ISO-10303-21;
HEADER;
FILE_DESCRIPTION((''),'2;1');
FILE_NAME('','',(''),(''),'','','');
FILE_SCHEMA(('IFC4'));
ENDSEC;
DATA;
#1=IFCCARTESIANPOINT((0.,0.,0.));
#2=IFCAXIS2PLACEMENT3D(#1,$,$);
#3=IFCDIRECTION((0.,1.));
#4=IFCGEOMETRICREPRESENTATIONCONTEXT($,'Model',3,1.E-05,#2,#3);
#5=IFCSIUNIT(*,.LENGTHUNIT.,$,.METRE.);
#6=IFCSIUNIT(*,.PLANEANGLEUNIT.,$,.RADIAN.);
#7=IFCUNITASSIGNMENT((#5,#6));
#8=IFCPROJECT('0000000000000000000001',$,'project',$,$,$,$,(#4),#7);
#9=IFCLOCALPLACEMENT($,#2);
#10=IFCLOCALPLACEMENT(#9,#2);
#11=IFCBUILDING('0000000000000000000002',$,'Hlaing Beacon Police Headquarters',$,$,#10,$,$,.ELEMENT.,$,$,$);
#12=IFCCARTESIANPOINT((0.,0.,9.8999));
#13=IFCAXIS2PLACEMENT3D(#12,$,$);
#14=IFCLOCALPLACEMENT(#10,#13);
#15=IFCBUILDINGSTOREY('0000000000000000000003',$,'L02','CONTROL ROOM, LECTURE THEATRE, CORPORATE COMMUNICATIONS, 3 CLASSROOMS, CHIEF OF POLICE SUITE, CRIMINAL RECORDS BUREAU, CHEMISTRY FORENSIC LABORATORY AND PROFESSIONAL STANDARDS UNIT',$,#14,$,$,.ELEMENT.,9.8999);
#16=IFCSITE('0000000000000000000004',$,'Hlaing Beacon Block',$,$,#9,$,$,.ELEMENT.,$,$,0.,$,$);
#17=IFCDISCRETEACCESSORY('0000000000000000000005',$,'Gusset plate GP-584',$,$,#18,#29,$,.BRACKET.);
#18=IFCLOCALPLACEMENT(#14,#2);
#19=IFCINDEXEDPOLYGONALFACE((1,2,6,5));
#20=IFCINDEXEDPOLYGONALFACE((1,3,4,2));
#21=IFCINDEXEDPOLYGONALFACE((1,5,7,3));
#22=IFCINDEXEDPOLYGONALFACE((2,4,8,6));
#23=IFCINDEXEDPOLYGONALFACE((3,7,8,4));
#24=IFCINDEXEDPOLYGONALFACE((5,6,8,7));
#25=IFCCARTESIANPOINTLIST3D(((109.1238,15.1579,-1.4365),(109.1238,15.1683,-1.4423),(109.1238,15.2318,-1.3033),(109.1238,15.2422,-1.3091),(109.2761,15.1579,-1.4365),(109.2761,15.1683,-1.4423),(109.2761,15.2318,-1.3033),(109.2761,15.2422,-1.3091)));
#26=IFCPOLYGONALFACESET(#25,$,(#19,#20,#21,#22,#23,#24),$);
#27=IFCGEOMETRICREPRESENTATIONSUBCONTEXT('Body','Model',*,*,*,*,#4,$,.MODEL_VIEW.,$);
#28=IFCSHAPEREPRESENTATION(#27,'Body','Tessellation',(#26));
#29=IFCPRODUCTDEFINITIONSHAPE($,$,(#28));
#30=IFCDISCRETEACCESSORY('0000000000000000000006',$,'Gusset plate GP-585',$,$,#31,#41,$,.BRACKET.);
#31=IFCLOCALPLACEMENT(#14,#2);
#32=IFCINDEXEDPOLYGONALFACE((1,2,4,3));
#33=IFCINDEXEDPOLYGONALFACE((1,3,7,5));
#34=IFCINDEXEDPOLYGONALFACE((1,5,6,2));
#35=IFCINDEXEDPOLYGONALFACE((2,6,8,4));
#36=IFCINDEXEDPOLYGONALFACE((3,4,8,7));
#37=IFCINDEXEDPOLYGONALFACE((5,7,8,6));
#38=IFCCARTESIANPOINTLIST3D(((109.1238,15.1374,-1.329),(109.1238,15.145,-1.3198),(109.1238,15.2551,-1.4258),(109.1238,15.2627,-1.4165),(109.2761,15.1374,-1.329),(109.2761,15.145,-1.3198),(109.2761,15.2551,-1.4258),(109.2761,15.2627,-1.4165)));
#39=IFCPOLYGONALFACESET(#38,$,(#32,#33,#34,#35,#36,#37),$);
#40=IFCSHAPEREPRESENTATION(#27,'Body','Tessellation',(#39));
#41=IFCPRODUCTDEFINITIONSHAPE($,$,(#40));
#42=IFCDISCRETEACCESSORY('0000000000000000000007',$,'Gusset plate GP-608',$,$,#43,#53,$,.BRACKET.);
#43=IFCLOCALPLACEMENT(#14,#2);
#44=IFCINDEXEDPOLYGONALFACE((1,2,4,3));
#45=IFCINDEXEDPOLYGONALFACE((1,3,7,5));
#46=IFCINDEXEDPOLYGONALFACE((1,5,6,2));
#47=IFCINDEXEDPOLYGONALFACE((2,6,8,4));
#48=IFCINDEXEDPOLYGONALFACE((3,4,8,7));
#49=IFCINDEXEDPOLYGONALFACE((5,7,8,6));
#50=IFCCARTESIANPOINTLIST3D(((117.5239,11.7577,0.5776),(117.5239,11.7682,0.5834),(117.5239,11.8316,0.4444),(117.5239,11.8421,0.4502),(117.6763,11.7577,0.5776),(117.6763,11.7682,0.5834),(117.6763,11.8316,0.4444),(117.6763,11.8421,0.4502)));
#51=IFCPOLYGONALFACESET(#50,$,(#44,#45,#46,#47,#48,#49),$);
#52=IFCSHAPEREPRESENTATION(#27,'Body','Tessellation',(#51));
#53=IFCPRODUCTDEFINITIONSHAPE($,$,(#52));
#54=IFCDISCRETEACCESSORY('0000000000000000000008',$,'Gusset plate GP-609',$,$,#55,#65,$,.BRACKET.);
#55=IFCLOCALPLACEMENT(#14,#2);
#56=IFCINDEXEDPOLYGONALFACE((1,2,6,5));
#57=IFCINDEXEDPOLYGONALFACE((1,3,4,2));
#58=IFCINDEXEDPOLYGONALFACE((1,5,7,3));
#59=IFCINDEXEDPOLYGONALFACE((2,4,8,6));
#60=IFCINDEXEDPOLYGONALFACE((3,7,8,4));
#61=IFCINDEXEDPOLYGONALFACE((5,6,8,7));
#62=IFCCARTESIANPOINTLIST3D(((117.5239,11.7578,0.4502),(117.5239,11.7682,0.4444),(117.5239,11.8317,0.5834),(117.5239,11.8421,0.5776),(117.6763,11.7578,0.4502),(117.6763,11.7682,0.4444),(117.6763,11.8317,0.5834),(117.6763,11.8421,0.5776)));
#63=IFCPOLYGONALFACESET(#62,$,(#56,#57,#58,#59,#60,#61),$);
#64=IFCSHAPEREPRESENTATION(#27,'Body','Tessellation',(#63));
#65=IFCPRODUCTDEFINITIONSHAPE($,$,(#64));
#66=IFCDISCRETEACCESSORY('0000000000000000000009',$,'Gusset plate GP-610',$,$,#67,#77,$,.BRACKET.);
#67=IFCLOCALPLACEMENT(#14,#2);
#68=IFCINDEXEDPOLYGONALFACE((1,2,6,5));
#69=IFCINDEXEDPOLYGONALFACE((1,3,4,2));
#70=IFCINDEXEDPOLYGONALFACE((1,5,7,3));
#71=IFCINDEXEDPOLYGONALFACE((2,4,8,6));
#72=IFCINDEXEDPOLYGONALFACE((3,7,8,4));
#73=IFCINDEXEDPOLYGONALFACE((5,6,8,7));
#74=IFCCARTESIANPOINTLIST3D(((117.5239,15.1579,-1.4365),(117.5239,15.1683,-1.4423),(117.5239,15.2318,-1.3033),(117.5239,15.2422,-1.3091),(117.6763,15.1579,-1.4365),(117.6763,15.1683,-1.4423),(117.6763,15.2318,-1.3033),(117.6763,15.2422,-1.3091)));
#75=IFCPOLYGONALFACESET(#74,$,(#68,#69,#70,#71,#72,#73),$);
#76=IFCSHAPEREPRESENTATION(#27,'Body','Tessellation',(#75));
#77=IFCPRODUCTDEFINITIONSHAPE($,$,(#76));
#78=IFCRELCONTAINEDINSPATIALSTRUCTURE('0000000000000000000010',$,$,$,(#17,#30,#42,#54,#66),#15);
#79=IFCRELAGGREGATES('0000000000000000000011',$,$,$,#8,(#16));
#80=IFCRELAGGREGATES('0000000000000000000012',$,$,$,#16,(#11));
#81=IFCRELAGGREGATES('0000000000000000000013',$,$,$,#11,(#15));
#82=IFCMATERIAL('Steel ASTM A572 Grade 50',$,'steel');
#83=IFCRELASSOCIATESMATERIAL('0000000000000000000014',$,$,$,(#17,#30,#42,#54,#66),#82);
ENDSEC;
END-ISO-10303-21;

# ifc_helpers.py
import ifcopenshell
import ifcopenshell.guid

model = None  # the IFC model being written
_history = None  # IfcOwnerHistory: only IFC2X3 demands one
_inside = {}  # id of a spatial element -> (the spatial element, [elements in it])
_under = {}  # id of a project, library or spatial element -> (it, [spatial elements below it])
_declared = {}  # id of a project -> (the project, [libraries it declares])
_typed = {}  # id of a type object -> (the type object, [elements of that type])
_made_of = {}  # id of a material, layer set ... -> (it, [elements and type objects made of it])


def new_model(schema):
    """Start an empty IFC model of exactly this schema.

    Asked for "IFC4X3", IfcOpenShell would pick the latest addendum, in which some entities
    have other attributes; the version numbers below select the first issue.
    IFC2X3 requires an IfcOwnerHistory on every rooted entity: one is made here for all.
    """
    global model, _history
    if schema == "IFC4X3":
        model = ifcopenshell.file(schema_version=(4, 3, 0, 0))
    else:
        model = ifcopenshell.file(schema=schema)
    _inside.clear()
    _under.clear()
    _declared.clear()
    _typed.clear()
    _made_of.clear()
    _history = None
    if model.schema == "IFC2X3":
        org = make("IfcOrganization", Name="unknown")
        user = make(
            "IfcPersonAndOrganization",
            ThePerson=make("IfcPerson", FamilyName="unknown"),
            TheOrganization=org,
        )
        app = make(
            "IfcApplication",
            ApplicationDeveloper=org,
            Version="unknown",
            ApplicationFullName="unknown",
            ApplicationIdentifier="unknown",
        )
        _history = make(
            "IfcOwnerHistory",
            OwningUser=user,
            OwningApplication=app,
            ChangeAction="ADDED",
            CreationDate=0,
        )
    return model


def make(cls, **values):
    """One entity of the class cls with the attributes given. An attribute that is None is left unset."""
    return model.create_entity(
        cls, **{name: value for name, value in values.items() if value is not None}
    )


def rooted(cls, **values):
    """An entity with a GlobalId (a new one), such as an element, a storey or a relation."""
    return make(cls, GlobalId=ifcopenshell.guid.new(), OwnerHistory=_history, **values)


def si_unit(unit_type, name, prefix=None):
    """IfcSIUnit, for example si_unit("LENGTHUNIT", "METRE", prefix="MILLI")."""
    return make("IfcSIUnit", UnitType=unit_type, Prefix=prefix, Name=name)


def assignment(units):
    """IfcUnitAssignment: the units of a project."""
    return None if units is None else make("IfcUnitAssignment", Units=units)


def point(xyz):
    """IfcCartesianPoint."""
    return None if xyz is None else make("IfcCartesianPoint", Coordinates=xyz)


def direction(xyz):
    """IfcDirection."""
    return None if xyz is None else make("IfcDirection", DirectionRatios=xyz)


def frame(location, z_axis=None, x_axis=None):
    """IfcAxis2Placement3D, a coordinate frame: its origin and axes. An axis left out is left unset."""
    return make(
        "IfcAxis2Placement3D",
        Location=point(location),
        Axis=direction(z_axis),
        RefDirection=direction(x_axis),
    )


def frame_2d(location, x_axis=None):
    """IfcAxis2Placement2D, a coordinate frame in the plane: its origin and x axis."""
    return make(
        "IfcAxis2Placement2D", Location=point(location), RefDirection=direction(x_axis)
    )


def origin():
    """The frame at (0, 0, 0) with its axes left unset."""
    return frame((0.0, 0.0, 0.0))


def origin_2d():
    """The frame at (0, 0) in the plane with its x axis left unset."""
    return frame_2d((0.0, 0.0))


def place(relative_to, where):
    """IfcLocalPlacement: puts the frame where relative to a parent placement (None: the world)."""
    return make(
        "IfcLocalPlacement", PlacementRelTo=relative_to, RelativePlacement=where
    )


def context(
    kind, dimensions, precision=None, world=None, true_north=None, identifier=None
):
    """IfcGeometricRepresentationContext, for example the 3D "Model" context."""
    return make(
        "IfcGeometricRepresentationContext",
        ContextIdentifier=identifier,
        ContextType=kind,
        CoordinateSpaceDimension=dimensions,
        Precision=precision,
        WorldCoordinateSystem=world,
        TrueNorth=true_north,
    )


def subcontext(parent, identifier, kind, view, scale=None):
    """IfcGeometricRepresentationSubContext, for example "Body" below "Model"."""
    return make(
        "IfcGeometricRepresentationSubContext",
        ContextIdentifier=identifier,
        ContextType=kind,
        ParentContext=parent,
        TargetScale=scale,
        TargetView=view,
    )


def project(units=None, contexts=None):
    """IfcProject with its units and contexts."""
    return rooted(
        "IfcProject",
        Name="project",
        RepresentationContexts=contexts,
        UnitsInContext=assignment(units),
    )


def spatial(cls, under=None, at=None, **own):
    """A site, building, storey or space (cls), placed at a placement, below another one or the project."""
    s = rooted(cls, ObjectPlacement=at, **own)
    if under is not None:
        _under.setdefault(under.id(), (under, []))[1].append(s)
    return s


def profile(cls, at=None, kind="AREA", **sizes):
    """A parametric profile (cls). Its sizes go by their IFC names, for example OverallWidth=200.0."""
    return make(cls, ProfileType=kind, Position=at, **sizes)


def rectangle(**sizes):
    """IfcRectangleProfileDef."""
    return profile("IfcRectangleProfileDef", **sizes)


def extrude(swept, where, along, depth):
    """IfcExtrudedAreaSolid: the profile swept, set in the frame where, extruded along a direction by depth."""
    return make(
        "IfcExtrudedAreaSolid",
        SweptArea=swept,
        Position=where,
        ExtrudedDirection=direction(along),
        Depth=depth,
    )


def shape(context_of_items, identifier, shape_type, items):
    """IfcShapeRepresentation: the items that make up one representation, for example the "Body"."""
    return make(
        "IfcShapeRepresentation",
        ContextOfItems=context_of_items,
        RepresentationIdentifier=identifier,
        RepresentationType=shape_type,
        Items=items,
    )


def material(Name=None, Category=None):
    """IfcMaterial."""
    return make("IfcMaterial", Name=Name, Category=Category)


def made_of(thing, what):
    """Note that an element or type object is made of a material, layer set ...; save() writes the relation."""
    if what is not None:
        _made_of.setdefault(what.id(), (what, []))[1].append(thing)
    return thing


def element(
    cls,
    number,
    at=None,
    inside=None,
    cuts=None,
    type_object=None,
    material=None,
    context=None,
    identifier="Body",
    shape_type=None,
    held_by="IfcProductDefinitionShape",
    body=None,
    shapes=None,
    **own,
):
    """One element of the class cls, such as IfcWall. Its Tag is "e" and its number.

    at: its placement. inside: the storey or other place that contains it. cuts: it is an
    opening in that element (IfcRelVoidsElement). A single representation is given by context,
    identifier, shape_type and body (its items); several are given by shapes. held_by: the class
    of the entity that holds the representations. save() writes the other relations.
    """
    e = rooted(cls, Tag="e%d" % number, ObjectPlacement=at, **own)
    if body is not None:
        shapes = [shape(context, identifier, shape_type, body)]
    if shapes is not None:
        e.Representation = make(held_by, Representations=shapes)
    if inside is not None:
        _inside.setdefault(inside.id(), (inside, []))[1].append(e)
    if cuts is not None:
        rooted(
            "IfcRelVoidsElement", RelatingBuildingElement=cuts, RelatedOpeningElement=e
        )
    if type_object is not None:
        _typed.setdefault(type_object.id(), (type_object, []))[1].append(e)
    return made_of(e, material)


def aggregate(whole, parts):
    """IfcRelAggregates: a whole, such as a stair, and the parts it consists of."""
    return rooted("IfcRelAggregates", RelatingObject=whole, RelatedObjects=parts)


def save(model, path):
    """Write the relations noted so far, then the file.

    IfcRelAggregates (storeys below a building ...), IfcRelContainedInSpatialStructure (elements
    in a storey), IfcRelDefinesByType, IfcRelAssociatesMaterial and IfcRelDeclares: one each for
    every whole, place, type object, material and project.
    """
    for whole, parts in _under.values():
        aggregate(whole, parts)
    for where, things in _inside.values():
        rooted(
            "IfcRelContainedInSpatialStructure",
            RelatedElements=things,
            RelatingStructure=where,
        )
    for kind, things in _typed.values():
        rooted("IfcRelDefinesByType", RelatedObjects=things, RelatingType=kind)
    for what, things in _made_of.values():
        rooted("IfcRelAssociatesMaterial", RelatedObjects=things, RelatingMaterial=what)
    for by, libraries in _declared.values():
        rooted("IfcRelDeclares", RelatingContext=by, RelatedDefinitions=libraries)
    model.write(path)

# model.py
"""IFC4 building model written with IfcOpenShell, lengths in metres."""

from ifc_helpers import new_model, si_unit, direction, frame, origin, origin_2d, place, context, subcontext, project, spatial, rectangle, extrude, material, element, save


model = new_model("IFC4")

# Units and contexts
model_context = context("Model", 3, precision=1e-05, world=origin(), true_north=direction((0.0, 1.0)))
body_context = subcontext(model_context, "Body", "Model", "MODEL_VIEW")
ifc_project = project(units=[si_unit("LENGTHUNIT", "METRE"), si_unit("PLANEANGLEUNIT", "RADIAN")], contexts=[model_context])

# Site, building, storey
site_placement = place(None, origin())
site = spatial("IfcSite", under=ifc_project, at=site_placement, Name="Hlaing Beacon Block", CompositionType="ELEMENT", RefElevation=0.0)
building_placement = place(site_placement, origin())
building = spatial("IfcBuilding", under=site, at=building_placement, Name="Hlaing Beacon Police Headquarters", CompositionType="ELEMENT")
storey_placement = place(building_placement, frame((0.0, 0.0, 9.8999)))
storey = spatial("IfcBuildingStorey", under=building, at=storey_placement, Name="L02", Description="CONTROL ROOM, LECTURE THEATRE, CORPORATE COMMUNICATIONS, 3 CLASSROOMS, CHIEF OF POLICE SUITE, CRIMINAL RECORDS BUREAU, CHEMISTRY FORENSIC LABORATORY AND PROFESSIONAL STANDARDS UNIT", CompositionType="ELEMENT", Elevation=9.8999)

# Discrete accessories
ifc_material_1 = material(Name="Steel ASTM A572 Grade 50", Category="steel")
for number, where, z_axis, x_axis, name in (
    (1, (109.2, 15.1948, -1.3699), (0.0, 0.874388, -0.485227), (-1.0, 0.0, 0.0), "Gusset plate GP-584"),
    (2, (109.2, 15.2039, -1.3682), (0.0, -0.634977, -0.772531), (1.0, 0.0, 0.0), "Gusset plate GP-585"),
    (3, (117.6001, 11.7947, 0.511), (0.0, 0.874403, 0.4852), (-1.0, 0.0, 0.0), "Gusset plate GP-608"),
    (4, (117.6001, 11.8052, 0.511), (0.0, -0.874388, 0.485227), (1.0, 0.0, 0.0), "Gusset plate GP-609"),
    (5, (117.6001, 15.1948, -1.3699), (0.0, 0.874388, -0.485227), (-1.0, 0.0, 0.0), "Gusset plate GP-610"),
):
    element("IfcDiscreteAccessory", number, at=place(storey_placement, frame(where, z_axis=z_axis, x_axis=x_axis)), inside=storey, material=ifc_material_1, Name=name, PredefinedType="BRACKET", context=body_context, shape_type="SweptSolid", body=[
        extrude(rectangle(XDim=0.1523, YDim=0.1523, at=origin_2d()), origin(), (0.0, 0.0, 1.0), 0.012),
    ])

save(model, "model.ifc")
